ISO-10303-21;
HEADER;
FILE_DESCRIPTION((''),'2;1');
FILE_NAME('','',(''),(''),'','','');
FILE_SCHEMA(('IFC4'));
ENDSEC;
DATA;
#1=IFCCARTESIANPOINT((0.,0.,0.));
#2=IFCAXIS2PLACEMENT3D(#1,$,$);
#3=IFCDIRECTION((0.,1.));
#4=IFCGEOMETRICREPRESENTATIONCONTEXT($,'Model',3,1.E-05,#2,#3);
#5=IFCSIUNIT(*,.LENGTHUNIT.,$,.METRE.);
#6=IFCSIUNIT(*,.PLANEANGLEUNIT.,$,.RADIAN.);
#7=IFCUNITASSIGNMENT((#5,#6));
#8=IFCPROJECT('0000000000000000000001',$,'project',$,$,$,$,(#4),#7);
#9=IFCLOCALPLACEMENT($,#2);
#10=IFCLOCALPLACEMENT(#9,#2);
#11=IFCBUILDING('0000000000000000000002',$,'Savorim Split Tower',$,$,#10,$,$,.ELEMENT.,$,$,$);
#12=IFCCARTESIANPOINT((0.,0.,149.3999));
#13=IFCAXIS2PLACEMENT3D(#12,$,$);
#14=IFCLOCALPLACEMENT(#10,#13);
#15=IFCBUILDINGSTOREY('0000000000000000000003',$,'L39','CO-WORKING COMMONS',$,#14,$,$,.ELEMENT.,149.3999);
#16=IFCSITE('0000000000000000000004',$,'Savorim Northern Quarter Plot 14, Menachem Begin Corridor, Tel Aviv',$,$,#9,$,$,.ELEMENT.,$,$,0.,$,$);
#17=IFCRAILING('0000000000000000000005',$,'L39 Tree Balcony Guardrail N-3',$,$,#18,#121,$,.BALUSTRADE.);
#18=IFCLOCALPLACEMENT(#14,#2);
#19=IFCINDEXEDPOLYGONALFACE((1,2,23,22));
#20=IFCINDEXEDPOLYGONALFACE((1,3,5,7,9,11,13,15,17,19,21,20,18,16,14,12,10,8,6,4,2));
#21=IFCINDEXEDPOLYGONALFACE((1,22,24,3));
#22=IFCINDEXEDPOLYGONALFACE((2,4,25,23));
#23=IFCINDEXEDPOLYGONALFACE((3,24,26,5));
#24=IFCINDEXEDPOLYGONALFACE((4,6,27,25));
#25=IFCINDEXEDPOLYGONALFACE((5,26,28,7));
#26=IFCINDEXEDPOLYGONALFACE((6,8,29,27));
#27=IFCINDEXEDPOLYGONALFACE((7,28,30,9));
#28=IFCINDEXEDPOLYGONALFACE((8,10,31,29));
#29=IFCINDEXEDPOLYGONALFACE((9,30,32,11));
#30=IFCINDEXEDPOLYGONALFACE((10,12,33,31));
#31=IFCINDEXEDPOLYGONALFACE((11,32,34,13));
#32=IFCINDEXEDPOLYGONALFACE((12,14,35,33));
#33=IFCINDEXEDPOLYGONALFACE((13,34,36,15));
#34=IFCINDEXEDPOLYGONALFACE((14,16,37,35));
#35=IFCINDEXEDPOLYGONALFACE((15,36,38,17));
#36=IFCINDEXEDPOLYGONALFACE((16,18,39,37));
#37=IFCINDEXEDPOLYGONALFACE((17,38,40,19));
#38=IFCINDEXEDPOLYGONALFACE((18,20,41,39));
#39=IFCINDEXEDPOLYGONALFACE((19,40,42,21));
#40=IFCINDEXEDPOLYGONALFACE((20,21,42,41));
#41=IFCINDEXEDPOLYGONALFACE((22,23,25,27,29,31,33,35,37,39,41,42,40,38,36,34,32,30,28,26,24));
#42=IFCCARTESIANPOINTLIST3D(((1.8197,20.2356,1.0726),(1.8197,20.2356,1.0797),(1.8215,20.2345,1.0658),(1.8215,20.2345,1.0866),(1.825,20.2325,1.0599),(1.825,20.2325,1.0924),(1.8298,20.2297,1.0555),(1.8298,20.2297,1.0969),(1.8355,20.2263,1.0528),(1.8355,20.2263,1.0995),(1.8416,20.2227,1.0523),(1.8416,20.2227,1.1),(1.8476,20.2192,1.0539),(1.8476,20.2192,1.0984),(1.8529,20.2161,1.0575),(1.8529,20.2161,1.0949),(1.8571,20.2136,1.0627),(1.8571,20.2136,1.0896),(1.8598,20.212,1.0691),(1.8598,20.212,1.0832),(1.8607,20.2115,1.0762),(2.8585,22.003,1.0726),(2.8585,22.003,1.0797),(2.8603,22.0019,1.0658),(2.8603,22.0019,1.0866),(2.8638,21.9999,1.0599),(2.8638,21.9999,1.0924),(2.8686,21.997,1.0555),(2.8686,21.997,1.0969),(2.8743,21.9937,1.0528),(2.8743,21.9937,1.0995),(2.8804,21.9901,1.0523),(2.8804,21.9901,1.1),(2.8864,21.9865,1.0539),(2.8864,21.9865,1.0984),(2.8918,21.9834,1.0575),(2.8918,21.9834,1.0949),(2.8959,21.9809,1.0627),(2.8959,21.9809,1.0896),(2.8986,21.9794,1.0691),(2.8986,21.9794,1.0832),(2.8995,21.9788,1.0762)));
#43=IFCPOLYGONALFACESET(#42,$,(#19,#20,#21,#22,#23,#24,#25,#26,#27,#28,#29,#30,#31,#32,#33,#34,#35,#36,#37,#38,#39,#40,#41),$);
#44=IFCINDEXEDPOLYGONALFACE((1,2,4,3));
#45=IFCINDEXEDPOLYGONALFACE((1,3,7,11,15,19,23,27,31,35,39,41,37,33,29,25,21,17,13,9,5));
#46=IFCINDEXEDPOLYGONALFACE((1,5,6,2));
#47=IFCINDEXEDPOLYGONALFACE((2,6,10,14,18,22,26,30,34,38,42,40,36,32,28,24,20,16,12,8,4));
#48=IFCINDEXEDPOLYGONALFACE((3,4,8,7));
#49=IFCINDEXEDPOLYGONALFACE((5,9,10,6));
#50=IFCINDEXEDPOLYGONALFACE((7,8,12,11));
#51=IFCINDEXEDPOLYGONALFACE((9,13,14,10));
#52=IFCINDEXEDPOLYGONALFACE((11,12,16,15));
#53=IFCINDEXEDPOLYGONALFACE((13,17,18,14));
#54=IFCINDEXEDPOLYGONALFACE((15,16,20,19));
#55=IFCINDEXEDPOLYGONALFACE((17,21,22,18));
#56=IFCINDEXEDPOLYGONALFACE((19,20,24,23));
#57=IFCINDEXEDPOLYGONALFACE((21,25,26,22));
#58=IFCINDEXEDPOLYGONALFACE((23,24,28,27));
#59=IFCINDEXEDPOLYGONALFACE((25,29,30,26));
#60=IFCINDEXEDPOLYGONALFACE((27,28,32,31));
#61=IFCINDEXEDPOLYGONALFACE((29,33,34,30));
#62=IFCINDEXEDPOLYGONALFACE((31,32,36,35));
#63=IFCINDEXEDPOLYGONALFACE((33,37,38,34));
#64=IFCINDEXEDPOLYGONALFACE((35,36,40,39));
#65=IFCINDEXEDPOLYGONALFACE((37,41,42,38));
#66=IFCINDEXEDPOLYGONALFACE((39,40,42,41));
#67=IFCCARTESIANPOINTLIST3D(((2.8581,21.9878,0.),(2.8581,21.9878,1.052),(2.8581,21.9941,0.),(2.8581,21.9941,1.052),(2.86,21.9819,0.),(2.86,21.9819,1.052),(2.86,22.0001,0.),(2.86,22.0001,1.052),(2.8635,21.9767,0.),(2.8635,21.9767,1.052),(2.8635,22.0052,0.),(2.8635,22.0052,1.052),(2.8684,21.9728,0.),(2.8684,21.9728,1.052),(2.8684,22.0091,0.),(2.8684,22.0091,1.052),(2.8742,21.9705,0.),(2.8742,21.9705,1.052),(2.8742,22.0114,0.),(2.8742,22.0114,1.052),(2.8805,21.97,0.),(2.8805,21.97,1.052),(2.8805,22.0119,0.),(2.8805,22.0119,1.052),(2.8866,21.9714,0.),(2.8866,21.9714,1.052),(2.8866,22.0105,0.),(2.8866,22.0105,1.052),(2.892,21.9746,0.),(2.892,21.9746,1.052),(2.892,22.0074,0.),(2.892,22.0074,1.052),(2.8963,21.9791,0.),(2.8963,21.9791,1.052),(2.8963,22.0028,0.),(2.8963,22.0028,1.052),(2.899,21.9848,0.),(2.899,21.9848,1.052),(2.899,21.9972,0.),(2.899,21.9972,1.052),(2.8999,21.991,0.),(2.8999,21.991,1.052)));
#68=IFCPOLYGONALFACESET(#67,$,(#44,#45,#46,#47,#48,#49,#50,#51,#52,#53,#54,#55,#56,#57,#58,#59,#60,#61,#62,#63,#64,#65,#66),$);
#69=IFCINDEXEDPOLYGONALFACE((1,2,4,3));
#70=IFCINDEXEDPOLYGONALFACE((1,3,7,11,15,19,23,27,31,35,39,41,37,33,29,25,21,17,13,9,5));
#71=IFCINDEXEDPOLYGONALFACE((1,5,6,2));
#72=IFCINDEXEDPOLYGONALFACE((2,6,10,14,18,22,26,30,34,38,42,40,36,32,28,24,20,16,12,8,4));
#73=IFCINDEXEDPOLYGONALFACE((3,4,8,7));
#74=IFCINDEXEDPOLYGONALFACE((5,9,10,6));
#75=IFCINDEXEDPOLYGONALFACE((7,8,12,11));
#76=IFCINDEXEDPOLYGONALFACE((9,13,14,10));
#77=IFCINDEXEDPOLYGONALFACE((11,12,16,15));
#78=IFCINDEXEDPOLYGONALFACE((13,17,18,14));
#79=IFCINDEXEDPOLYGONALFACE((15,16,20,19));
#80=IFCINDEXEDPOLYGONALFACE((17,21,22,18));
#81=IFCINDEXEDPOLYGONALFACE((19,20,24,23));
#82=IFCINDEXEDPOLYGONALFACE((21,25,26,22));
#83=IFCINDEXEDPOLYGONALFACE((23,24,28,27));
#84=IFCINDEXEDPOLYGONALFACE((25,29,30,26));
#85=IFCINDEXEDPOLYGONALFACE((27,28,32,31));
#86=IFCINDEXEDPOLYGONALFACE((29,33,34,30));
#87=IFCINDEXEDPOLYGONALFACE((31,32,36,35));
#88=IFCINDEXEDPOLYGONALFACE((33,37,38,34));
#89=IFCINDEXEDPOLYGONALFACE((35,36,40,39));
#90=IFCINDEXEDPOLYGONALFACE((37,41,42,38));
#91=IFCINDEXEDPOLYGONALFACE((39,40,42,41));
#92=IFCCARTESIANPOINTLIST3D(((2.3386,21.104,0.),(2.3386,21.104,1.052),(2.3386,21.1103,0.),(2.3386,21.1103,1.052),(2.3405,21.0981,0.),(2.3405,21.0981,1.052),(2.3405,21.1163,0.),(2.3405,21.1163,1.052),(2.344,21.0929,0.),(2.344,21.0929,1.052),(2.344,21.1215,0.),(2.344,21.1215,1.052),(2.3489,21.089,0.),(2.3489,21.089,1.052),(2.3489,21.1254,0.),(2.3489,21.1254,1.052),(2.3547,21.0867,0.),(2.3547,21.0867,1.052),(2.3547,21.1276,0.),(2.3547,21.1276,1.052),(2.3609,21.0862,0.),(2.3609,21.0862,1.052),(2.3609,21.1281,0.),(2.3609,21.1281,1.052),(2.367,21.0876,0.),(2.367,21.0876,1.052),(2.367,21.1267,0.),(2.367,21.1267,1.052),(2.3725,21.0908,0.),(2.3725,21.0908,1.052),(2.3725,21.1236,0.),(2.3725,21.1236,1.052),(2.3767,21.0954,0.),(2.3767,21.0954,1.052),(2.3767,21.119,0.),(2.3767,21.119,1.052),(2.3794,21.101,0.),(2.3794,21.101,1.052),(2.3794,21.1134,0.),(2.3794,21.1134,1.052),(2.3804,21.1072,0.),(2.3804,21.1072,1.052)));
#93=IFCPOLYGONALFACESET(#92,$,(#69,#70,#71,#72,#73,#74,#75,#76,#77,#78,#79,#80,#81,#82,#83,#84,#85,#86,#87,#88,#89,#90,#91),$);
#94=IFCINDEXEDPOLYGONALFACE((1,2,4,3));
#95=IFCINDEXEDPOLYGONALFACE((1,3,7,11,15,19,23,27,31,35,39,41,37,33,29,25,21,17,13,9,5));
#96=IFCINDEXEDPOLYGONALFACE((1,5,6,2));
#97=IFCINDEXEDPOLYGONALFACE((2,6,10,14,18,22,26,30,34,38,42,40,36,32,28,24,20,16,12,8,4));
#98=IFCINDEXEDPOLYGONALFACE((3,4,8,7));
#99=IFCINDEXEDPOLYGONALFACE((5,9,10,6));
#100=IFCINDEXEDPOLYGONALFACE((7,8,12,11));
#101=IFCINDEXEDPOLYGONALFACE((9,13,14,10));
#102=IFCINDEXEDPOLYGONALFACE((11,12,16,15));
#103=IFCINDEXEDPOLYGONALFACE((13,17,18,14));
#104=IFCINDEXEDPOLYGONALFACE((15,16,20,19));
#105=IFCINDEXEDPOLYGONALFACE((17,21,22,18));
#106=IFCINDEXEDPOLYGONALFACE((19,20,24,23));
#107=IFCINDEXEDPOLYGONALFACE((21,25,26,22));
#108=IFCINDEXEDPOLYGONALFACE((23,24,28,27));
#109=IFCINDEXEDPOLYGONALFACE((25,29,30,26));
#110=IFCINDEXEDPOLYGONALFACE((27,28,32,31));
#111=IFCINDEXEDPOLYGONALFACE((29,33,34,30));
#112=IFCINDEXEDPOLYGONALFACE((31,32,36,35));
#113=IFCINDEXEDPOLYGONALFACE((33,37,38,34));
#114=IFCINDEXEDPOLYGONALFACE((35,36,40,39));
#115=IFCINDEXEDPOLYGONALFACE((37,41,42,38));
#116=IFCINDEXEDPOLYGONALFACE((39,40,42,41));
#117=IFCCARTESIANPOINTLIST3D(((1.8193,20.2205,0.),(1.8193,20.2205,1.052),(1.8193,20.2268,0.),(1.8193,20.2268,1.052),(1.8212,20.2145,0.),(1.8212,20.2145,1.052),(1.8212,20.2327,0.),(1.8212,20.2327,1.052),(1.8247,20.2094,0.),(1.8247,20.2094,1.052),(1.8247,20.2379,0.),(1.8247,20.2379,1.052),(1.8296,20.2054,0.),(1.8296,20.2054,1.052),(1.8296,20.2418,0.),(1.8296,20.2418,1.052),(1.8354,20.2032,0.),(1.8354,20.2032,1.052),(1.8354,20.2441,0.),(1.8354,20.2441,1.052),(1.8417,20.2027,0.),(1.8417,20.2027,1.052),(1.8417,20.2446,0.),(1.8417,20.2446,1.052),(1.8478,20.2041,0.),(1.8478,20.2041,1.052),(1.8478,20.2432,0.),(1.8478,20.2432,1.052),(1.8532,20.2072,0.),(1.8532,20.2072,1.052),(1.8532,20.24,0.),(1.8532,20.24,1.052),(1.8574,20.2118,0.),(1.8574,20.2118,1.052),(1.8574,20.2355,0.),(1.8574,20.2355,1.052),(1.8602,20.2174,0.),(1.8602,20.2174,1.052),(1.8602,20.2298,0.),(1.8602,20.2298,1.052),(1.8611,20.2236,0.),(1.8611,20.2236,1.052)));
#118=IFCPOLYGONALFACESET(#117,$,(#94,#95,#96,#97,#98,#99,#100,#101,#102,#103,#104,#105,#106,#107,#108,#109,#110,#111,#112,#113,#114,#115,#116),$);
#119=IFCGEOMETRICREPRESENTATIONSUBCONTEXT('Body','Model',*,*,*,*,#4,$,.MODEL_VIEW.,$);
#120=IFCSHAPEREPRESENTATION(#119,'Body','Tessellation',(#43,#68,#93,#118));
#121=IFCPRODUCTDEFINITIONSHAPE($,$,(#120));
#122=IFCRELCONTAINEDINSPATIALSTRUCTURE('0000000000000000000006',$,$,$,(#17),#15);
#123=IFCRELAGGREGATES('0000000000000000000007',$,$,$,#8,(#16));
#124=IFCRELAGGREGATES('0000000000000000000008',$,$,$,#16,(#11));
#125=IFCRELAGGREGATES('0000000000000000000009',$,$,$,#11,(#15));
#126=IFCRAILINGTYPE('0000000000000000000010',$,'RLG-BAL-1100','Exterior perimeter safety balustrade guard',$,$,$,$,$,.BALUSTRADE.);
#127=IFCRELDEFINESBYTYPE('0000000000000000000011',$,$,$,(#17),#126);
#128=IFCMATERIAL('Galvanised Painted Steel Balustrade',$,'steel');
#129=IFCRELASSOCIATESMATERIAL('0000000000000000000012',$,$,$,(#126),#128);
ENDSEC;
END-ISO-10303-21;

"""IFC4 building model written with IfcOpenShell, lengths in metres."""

from ifc_helpers import new_model, si_unit, direction, frame, origin, origin_2d, place, context, subcontext, project, spatial, circle, extrude, material, type_object, element, save


model = new_model("IFC4")

# Units and contexts
model_context = context("Model", 3, precision=1e-05, world=origin(), true_north=direction((0.0, 1.0)))
body_context = subcontext(model_context, "Body", "Model", "MODEL_VIEW")
ifc_project = project(units=[si_unit("LENGTHUNIT", "METRE"), si_unit("PLANEANGLEUNIT", "RADIAN")], contexts=[model_context])

# Site, building, storey
site_placement = place(None, origin())
site = spatial("IfcSite", under=ifc_project, at=site_placement, Name="Savorim Northern Quarter Plot 14, Menachem Begin Corridor, Tel Aviv", CompositionType="ELEMENT", RefElevation=0.0)
building_placement = place(site_placement, origin())
building = spatial("IfcBuilding", under=site, at=building_placement, Name="Savorim Split Tower", CompositionType="ELEMENT")
storey_placement = place(building_placement, frame((0.0, 0.0, 149.3999)))
storey = spatial("IfcBuildingStorey", under=building, at=storey_placement, Name="L39", Description="CO-WORKING COMMONS", CompositionType="ELEMENT", Elevation=149.3999)

# Railing
ifc_material_1 = material(Name="Galvanised Painted Steel Balustrade", Category="steel")
railing_type_1 = type_object("IfcRailingType", Name="RLG-BAL-1100", Description="Exterior perimeter safety balustrade guard", PredefinedType="BALUSTRADE", material=ifc_material_1)
railing_1_placement = place(storey_placement, frame((2.8789, 21.991, 0.0)))
element("IfcRailing", 1, at=railing_1_placement, inside=storey, type_object=railing_type_1, Name="L39 Tree Balcony Guardrail N-3", PredefinedType="BALUSTRADE", context=body_context, shape_type="SweptSolid", body=[
    extrude(circle(Radius=0.0239, at=origin_2d()), frame((0.0, 0.0, 1.0762), z_axis=(-0.506734, -0.862103, 0.0), x_axis=(0.862103, -0.506734, 0.0)), (0.0, 0.0, 1.0), 2.05),
    extrude(circle(Radius=0.021, at=origin_2d()), origin(), (0.0, 0.0, 1.0), 1.052),
    extrude(circle(Radius=0.021, at=origin_2d()), frame((-0.5195, -0.8838, 0.0)), (0.0, 0.0, 1.0), 1.052),
    extrude(circle(Radius=0.021, at=origin_2d()), frame((-1.0388, -1.7673, 0.0)), (0.0, 0.0, 1.0), 1.052),
])

save(model, "model.ifc")
